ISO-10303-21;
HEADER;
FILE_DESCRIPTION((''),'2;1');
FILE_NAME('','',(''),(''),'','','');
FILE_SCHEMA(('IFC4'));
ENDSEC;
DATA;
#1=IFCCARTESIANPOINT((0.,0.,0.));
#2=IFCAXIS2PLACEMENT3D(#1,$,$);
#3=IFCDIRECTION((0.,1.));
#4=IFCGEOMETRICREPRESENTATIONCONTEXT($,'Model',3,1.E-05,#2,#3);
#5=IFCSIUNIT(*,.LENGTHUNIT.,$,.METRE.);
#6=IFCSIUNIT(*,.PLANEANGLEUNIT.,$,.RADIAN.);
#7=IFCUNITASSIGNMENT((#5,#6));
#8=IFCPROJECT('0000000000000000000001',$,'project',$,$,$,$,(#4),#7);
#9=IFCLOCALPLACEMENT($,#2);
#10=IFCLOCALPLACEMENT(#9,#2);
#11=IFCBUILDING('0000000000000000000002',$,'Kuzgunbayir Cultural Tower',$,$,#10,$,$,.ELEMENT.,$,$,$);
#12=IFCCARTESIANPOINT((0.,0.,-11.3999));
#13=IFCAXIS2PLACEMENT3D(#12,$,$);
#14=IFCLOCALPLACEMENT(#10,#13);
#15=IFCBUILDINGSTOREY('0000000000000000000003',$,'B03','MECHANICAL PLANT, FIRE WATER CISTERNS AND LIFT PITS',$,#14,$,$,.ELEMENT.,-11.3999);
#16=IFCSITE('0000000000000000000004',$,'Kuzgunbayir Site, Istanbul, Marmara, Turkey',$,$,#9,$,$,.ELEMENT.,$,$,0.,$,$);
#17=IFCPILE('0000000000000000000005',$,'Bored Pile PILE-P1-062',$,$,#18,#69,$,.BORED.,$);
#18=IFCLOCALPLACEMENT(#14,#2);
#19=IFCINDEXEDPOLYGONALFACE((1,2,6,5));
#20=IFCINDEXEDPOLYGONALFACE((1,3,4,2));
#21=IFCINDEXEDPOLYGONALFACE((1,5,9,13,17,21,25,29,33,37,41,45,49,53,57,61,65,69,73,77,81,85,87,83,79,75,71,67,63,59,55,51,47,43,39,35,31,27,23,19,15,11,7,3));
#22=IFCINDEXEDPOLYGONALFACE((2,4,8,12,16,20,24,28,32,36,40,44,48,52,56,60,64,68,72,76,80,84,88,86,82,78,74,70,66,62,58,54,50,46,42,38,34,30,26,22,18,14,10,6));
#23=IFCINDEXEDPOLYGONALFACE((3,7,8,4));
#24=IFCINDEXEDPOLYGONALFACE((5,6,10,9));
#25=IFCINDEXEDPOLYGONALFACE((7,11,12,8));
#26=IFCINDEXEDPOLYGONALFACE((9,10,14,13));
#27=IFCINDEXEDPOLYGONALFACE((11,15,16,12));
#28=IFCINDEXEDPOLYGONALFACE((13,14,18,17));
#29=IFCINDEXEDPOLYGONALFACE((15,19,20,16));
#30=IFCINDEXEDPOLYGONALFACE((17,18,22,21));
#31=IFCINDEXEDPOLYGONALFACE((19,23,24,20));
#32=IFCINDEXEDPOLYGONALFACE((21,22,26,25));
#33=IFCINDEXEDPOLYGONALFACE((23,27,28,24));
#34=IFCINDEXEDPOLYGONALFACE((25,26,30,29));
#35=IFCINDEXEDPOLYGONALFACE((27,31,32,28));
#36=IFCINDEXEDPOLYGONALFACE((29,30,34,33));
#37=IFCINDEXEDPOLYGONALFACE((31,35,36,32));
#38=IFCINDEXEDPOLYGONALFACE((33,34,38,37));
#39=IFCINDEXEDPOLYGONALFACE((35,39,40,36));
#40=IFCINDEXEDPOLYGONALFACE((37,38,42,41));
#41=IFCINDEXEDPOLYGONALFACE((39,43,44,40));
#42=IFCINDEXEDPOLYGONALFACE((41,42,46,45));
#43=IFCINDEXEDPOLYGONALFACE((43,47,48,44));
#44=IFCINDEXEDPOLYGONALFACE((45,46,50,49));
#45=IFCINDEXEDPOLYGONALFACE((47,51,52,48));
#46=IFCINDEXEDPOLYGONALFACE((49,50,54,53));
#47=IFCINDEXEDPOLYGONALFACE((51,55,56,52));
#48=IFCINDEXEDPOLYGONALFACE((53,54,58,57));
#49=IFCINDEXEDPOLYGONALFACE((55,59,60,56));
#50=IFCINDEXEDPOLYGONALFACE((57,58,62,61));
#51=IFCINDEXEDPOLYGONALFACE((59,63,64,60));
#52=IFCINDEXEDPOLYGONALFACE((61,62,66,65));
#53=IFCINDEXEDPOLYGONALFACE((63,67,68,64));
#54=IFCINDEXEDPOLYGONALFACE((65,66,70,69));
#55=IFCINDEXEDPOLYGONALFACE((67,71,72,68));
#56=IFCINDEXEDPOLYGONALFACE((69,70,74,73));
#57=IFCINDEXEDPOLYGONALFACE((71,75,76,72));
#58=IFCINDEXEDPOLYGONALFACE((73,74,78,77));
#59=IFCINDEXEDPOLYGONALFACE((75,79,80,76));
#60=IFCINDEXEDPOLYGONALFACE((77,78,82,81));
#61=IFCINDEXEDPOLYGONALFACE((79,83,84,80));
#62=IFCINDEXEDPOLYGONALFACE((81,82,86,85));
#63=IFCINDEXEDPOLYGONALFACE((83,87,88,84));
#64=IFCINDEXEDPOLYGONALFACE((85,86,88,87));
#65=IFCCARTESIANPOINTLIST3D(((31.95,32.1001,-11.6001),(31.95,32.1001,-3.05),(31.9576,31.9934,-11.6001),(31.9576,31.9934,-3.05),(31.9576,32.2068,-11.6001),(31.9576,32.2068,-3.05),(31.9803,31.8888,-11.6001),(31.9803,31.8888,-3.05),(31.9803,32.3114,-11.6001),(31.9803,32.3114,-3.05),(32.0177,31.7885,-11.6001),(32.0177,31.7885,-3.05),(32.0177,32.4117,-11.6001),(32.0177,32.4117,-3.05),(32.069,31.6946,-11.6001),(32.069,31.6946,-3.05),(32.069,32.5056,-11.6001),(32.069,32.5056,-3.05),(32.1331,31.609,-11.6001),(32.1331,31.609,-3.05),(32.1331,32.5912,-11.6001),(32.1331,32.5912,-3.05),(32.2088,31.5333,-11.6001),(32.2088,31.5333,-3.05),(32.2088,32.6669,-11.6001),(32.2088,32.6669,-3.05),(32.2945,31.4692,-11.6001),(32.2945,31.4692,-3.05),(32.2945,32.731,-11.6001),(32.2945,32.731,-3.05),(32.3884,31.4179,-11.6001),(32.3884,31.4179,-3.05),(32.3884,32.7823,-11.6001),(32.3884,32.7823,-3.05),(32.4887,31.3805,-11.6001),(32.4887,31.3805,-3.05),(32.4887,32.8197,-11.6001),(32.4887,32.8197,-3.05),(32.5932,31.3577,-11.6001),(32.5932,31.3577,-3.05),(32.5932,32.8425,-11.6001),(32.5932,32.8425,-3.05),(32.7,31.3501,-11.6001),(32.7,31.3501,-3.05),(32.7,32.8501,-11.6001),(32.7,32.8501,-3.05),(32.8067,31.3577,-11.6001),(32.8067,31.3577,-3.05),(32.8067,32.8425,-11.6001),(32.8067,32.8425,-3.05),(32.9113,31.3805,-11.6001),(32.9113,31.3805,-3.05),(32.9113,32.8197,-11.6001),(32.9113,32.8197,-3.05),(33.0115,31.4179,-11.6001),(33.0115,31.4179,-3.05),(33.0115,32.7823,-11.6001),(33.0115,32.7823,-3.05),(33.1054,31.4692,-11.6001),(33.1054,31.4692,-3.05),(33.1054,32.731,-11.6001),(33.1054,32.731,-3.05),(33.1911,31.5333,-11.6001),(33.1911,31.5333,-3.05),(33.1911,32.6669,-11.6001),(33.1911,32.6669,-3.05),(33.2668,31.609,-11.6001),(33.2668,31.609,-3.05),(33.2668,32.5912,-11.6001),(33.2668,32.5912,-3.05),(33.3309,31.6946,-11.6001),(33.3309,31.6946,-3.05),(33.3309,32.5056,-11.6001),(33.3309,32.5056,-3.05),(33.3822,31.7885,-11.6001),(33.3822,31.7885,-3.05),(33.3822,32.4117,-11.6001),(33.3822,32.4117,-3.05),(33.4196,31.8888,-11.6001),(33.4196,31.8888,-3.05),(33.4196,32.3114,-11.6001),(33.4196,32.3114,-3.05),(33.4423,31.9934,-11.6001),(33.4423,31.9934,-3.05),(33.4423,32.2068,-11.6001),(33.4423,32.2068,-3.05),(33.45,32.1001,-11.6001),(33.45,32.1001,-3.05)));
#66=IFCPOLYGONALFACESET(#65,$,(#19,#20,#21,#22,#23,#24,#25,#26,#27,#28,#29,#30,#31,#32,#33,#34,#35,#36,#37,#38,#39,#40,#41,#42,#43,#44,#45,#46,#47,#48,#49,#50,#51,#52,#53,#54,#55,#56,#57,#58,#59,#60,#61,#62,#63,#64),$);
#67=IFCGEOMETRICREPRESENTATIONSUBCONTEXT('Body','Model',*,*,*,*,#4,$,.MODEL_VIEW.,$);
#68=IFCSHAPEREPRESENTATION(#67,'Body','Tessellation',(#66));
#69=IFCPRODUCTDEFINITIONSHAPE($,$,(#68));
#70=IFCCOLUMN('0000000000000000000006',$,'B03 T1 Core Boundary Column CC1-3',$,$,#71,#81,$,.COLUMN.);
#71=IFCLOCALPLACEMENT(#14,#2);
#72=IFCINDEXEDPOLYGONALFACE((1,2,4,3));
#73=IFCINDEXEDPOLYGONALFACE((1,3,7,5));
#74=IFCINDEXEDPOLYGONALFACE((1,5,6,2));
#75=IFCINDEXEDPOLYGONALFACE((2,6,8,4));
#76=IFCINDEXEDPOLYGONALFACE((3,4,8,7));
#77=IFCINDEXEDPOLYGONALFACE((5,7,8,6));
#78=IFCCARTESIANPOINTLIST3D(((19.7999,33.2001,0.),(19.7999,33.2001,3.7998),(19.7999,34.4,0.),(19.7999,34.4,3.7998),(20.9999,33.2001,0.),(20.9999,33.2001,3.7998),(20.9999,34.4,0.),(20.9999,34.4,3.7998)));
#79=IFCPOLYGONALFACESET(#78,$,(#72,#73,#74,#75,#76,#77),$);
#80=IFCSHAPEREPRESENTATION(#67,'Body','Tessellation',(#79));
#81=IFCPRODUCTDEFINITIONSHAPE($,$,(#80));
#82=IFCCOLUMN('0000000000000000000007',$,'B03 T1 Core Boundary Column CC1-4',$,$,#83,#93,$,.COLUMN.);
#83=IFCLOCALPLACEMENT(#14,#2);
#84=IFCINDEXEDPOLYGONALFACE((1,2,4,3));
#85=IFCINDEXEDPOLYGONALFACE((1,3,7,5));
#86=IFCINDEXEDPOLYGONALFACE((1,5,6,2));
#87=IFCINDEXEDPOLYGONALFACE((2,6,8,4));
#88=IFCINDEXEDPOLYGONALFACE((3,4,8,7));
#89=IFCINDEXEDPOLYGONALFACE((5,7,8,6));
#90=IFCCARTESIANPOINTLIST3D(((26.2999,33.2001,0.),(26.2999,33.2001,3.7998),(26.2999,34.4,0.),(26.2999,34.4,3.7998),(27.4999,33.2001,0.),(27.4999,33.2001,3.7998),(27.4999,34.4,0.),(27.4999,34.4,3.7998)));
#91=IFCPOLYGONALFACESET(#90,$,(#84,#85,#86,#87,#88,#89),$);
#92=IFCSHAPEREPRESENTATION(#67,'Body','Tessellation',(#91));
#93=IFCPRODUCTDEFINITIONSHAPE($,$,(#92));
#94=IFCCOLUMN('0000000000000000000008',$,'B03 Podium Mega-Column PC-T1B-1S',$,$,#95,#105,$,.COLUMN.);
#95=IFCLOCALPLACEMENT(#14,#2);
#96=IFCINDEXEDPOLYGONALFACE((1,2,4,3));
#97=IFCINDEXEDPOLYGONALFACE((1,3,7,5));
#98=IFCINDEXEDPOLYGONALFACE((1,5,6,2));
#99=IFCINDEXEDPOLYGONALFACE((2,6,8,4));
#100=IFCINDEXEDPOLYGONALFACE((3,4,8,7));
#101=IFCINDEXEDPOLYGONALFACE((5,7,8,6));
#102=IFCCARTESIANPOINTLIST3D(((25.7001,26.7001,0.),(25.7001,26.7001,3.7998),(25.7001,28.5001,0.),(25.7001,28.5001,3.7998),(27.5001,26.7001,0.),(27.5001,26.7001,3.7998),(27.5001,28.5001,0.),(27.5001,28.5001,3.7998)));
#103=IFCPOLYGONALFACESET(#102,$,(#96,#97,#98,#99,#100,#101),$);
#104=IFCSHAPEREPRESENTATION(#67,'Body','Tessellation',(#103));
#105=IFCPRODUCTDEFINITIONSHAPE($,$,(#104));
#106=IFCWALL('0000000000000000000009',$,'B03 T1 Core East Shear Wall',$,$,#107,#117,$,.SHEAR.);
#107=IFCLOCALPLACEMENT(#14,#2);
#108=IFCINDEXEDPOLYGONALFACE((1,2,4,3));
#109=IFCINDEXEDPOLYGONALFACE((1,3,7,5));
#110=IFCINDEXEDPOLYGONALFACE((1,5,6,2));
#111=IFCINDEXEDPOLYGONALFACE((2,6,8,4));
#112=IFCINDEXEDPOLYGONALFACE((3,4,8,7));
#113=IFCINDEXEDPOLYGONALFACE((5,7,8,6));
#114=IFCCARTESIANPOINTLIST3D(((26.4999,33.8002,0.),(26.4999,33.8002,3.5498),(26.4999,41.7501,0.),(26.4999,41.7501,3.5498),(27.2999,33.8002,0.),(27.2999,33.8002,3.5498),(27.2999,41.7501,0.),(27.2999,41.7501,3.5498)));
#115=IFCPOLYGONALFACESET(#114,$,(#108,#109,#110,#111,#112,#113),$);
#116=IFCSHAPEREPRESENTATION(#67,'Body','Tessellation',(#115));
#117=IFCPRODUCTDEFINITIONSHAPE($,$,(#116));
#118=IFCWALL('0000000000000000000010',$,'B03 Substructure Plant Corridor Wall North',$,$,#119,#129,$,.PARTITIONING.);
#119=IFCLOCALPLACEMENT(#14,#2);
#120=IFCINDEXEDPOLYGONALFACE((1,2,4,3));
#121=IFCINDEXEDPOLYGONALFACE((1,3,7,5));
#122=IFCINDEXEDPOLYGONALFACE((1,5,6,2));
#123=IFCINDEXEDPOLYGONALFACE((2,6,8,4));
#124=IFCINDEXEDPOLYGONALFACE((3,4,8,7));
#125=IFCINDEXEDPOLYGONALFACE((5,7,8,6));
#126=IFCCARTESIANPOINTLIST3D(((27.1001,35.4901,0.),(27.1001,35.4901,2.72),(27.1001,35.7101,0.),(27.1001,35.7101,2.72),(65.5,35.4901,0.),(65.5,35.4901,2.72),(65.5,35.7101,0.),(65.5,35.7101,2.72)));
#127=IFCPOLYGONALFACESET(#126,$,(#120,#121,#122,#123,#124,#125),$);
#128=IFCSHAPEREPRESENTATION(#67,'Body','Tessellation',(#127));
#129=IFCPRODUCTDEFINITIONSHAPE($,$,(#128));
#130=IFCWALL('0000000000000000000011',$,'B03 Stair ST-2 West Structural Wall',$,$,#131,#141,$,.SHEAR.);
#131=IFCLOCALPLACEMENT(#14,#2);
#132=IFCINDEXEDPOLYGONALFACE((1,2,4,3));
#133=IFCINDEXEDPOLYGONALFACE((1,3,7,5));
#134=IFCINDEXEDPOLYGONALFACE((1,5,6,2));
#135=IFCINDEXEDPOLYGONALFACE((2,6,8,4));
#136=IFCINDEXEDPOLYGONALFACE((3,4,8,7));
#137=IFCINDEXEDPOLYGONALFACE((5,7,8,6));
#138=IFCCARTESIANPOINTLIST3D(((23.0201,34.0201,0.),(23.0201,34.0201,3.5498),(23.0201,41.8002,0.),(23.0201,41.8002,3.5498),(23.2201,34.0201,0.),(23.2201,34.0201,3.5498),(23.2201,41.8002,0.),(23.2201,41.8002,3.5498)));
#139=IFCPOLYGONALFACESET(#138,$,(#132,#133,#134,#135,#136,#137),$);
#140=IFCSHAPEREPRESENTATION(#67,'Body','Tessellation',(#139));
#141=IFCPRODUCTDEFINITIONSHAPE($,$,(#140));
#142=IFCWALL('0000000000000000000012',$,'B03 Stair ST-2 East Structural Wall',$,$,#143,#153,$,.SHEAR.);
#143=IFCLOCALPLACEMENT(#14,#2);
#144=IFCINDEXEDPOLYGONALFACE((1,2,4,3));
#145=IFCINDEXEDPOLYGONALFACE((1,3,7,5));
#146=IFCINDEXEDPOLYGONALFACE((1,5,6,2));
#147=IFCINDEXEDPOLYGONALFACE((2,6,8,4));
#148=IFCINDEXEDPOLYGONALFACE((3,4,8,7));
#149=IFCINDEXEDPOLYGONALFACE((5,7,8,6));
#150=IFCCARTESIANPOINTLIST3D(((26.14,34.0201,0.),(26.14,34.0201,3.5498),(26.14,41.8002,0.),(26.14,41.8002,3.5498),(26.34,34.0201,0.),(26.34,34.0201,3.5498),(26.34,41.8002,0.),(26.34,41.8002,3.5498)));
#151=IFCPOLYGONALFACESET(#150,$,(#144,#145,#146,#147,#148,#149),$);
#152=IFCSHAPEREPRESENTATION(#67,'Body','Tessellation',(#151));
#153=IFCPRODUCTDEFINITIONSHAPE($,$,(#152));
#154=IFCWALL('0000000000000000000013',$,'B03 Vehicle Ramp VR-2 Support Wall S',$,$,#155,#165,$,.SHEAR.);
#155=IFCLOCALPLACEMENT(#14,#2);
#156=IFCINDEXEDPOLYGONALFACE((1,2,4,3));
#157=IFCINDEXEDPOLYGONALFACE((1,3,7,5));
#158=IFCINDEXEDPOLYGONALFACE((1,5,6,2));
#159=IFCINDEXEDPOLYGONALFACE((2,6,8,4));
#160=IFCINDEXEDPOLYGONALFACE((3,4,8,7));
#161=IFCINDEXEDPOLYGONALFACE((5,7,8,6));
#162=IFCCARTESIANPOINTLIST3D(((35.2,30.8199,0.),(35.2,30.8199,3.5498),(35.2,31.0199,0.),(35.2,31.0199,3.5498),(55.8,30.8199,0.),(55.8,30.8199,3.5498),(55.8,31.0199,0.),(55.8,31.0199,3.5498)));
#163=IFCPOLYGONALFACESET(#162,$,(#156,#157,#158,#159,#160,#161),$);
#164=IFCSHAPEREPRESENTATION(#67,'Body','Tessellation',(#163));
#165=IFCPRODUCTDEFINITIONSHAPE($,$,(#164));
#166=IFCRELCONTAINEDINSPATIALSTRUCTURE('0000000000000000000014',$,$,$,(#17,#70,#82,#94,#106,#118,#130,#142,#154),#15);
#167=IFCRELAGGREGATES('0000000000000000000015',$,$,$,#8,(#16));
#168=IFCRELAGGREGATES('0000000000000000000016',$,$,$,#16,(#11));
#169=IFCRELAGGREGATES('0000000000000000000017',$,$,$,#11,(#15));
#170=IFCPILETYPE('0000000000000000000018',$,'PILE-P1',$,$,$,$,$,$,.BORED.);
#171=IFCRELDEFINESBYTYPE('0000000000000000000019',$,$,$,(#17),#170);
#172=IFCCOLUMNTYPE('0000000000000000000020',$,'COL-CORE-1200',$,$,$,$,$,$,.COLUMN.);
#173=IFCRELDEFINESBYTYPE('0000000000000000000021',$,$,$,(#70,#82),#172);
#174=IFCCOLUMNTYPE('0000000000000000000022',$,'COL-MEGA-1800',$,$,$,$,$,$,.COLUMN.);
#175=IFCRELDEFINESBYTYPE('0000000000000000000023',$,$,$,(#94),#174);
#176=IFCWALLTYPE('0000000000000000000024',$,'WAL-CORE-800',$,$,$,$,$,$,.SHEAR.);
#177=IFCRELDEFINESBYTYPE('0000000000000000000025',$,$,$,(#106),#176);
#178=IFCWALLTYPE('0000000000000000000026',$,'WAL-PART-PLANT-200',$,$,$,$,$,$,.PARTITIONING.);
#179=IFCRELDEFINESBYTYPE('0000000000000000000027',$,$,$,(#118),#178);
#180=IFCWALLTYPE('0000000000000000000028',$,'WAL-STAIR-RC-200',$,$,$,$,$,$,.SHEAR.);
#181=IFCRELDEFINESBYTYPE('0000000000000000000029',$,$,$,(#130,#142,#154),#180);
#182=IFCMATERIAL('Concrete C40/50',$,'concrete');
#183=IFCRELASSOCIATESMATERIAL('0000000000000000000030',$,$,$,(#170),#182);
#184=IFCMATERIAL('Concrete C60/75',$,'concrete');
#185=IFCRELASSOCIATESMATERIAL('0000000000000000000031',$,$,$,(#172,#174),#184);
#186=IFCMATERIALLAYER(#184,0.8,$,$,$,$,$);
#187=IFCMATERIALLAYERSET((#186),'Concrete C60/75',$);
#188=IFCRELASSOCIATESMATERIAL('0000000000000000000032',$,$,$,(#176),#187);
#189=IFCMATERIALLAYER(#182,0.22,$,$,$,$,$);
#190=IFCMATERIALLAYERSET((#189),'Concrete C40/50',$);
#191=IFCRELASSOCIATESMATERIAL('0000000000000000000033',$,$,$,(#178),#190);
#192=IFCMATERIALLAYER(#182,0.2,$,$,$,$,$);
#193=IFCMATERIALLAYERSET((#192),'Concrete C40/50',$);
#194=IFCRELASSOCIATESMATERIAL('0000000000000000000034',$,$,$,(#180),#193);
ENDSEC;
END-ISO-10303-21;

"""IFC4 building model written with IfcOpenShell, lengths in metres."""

from ifc_helpers import new_model, si_unit, direction, frame, frame_2d, origin, origin_2d, place, context, subcontext, project, spatial, rectangle, circle, extrude, material, layer, layer_set, material_profile, profile_set, type_object, element, save


model = new_model("IFC4")

# Units and contexts
model_context = context("Model", 3, precision=1e-05, world=origin(), true_north=direction((0.0, 1.0)))
body_context = subcontext(model_context, "Body", "Model", "MODEL_VIEW")
ifc_project = project(units=[si_unit("LENGTHUNIT", "METRE"), si_unit("PLANEANGLEUNIT", "RADIAN")], contexts=[model_context])

# Site, building, storey
site_placement = place(None, origin())
site = spatial("IfcSite", under=ifc_project, at=site_placement, Name="Kuzgunbayir Site, Istanbul, Marmara, Turkey", CompositionType="ELEMENT", RefElevation=0.0)
building_placement = place(site_placement, origin())
building = spatial("IfcBuilding", under=site, at=building_placement, Name="Kuzgunbayir Cultural Tower", CompositionType="ELEMENT")
storey_placement = place(building_placement, frame((0.0, 0.0, -11.3999)))
storey = spatial("IfcBuildingStorey", under=building, at=storey_placement, Name="B03", Description="MECHANICAL PLANT, FIRE WATER CISTERNS AND LIFT PITS", CompositionType="ELEMENT", Elevation=-11.3999)

# Pile
ifc_material_1 = material(Name="Concrete C40/50", Category="concrete")
ifc_material_profile_1 = material_profile(ifc_material_1, circle(Radius=0.75, at=origin_2d()), Name="BORED PILE 1500")
ifc_profile_set_1 = profile_set([ifc_material_profile_1], Name="Concrete C40/50")
pile_type = type_object("IfcPileType", Name="PILE-P1", PredefinedType="BORED", material=ifc_profile_set_1)
for number, where, z_axis, x_axis, name in (
    (1, (32.7, 32.1001, -3.05), (0.0, 0.0, -1.0), (1.0, 0.0, 0.0), "Bored Pile PILE-P1-062"),
):
    element("IfcPile", number, at=place(storey_placement, frame(where, z_axis=z_axis, x_axis=x_axis)), inside=storey, type_object=pile_type, Name=name, PredefinedType="BORED", context=body_context, shape_type="SweptSolid", body=[
        extrude(circle(Radius=0.75, at=origin_2d()), origin(), (0.0, 0.0, 1.0), 8.55),
    ])

# Columns
ifc_material_2 = material(Name="Concrete C60/75", Category="concrete")
ifc_material_profile_2 = material_profile(ifc_material_2, rectangle(XDim=1.2, YDim=1.2, at=origin_2d()), Name="RC 1200x1200")
ifc_profile_set_2 = profile_set([ifc_material_profile_2], Name="Concrete C60/75")
column_type_1 = type_object("IfcColumnType", Name="COL-CORE-1200", PredefinedType="COLUMN", material=ifc_profile_set_2)
for number, where, z_axis, x_axis, name in (
    (2, (20.3999, 33.8, 0.0), (0.0, 0.0, 1.0), (1.0, 0.0, 0.0), "B03 T1 Core Boundary Column CC1-3"),
    (3, (26.8999, 33.8, 0.0), (0.0, 0.0, 1.0), (1.0, 0.0, 0.0), "B03 T1 Core Boundary Column CC1-4"),
):
    element("IfcColumn", number, at=place(storey_placement, frame(where, z_axis=z_axis, x_axis=x_axis)), inside=storey, type_object=column_type_1, Name=name, PredefinedType="COLUMN", context=body_context, shape_type="SweptSolid", body=[
        extrude(rectangle(XDim=1.2, YDim=1.2, at=origin_2d()), origin(), (0.0, 0.0, 1.0), 3.7998),
    ])
ifc_material_profile_3 = material_profile(ifc_material_2, rectangle(XDim=1.8, YDim=1.8, at=origin_2d()), Name="RC 1800x1800")
ifc_profile_set_3 = profile_set([ifc_material_profile_3], Name="Concrete C60/75")
column_type_2 = type_object("IfcColumnType", Name="COL-MEGA-1800", PredefinedType="COLUMN", material=ifc_profile_set_3)
column_placement = place(storey_placement, frame((26.6001, 27.6001, 0.0), z_axis=(0.0, 0.0, 1.0), x_axis=(1.0, 0.0, 0.0)))
element("IfcColumn", 4, at=column_placement, inside=storey, type_object=column_type_2, Name="B03 Podium Mega-Column PC-T1B-1S", PredefinedType="COLUMN", context=body_context, shape_type="SweptSolid", body=[
    extrude(rectangle(XDim=1.8, YDim=1.8, at=origin_2d()), origin(), (0.0, 0.0, 1.0), 3.7998),
])

# Walls
ifc_layer_1 = layer(ifc_material_2, 0.8)
ifc_layer_set_1 = layer_set([ifc_layer_1], Name="Concrete C60/75")
wall_type_1 = type_object("IfcWallType", Name="WAL-CORE-800", PredefinedType="SHEAR", material=ifc_layer_set_1)
wall_1_placement = place(storey_placement, frame((26.8999, 33.8, 0.0), z_axis=(0.0, 0.0, 1.0), x_axis=(0.0, 1.0, 0.0)))
element("IfcWall", 5, at=wall_1_placement, inside=storey, type_object=wall_type_1, Name="B03 T1 Core East Shear Wall", PredefinedType="SHEAR", context=body_context, shape_type="SweptSolid", body=[
    extrude(rectangle(XDim=7.95, YDim=0.8, at=frame_2d((3.9751, 0.0))), origin(), (0.0, 0.0, 1.0), 3.5498),
])
ifc_layer_2 = layer(ifc_material_1, 0.22)
ifc_layer_set_2 = layer_set([ifc_layer_2], Name="Concrete C40/50")
wall_type_2 = type_object("IfcWallType", Name="WAL-PART-PLANT-200", PredefinedType="PARTITIONING", material=ifc_layer_set_2)
wall_2_placement = place(storey_placement, frame((27.1001, 35.6001, 0.0), z_axis=(0.0, 0.0, 1.0), x_axis=(1.0, 0.0, 0.0)))
element("IfcWall", 6, at=wall_2_placement, inside=storey, type_object=wall_type_2, Name="B03 Substructure Plant Corridor Wall North", PredefinedType="PARTITIONING", context=body_context, shape_type="SweptSolid", body=[
    extrude(rectangle(XDim=38.3999, YDim=0.22, at=frame_2d((19.2, 0.0))), origin(), (0.0, 0.0, 1.0), 2.72),
])
ifc_layer_3 = layer(ifc_material_1, 0.2)
ifc_layer_set_3 = layer_set([ifc_layer_3], Name="Concrete C40/50")
wall_type_3 = type_object("IfcWallType", Name="WAL-STAIR-RC-200", PredefinedType="SHEAR", material=ifc_layer_set_3)
for number, where, z_axis, x_axis, name in (
    (7, (23.1201, 34.02, 0.0), (0.0, 0.0, 1.0), (0.0, 1.0, 0.0), "B03 Stair ST-2 West Structural Wall"),
    (8, (26.24, 34.02, 0.0), (0.0, 0.0, 1.0), (0.0, 1.0, 0.0), "B03 Stair ST-2 East Structural Wall"),
):
    element("IfcWall", number, at=place(storey_placement, frame(where, z_axis=z_axis, x_axis=x_axis)), inside=storey, type_object=wall_type_3, Name=name, PredefinedType="SHEAR", context=body_context, shape_type="SweptSolid", body=[
        extrude(rectangle(XDim=7.78, YDim=0.2, at=frame_2d((3.8901, 0.0))), origin(), (0.0, 0.0, 1.0), 3.5498),
    ])

# Wall
wall_3_placement = place(storey_placement, frame((35.2, 30.9199, 0.0), z_axis=(0.0, 0.0, 1.0), x_axis=(1.0, 0.0, 0.0)))
element("IfcWall", 9, at=wall_3_placement, inside=storey, type_object=wall_type_3, Name="B03 Vehicle Ramp VR-2 Support Wall S", PredefinedType="SHEAR", context=body_context, shape_type="SweptSolid", body=[
    extrude(rectangle(XDim=20.6001, YDim=0.2, at=frame_2d((10.3, 0.0))), origin(), (0.0, 0.0, 1.0), 3.5498),
])

save(model, "model.ifc")
